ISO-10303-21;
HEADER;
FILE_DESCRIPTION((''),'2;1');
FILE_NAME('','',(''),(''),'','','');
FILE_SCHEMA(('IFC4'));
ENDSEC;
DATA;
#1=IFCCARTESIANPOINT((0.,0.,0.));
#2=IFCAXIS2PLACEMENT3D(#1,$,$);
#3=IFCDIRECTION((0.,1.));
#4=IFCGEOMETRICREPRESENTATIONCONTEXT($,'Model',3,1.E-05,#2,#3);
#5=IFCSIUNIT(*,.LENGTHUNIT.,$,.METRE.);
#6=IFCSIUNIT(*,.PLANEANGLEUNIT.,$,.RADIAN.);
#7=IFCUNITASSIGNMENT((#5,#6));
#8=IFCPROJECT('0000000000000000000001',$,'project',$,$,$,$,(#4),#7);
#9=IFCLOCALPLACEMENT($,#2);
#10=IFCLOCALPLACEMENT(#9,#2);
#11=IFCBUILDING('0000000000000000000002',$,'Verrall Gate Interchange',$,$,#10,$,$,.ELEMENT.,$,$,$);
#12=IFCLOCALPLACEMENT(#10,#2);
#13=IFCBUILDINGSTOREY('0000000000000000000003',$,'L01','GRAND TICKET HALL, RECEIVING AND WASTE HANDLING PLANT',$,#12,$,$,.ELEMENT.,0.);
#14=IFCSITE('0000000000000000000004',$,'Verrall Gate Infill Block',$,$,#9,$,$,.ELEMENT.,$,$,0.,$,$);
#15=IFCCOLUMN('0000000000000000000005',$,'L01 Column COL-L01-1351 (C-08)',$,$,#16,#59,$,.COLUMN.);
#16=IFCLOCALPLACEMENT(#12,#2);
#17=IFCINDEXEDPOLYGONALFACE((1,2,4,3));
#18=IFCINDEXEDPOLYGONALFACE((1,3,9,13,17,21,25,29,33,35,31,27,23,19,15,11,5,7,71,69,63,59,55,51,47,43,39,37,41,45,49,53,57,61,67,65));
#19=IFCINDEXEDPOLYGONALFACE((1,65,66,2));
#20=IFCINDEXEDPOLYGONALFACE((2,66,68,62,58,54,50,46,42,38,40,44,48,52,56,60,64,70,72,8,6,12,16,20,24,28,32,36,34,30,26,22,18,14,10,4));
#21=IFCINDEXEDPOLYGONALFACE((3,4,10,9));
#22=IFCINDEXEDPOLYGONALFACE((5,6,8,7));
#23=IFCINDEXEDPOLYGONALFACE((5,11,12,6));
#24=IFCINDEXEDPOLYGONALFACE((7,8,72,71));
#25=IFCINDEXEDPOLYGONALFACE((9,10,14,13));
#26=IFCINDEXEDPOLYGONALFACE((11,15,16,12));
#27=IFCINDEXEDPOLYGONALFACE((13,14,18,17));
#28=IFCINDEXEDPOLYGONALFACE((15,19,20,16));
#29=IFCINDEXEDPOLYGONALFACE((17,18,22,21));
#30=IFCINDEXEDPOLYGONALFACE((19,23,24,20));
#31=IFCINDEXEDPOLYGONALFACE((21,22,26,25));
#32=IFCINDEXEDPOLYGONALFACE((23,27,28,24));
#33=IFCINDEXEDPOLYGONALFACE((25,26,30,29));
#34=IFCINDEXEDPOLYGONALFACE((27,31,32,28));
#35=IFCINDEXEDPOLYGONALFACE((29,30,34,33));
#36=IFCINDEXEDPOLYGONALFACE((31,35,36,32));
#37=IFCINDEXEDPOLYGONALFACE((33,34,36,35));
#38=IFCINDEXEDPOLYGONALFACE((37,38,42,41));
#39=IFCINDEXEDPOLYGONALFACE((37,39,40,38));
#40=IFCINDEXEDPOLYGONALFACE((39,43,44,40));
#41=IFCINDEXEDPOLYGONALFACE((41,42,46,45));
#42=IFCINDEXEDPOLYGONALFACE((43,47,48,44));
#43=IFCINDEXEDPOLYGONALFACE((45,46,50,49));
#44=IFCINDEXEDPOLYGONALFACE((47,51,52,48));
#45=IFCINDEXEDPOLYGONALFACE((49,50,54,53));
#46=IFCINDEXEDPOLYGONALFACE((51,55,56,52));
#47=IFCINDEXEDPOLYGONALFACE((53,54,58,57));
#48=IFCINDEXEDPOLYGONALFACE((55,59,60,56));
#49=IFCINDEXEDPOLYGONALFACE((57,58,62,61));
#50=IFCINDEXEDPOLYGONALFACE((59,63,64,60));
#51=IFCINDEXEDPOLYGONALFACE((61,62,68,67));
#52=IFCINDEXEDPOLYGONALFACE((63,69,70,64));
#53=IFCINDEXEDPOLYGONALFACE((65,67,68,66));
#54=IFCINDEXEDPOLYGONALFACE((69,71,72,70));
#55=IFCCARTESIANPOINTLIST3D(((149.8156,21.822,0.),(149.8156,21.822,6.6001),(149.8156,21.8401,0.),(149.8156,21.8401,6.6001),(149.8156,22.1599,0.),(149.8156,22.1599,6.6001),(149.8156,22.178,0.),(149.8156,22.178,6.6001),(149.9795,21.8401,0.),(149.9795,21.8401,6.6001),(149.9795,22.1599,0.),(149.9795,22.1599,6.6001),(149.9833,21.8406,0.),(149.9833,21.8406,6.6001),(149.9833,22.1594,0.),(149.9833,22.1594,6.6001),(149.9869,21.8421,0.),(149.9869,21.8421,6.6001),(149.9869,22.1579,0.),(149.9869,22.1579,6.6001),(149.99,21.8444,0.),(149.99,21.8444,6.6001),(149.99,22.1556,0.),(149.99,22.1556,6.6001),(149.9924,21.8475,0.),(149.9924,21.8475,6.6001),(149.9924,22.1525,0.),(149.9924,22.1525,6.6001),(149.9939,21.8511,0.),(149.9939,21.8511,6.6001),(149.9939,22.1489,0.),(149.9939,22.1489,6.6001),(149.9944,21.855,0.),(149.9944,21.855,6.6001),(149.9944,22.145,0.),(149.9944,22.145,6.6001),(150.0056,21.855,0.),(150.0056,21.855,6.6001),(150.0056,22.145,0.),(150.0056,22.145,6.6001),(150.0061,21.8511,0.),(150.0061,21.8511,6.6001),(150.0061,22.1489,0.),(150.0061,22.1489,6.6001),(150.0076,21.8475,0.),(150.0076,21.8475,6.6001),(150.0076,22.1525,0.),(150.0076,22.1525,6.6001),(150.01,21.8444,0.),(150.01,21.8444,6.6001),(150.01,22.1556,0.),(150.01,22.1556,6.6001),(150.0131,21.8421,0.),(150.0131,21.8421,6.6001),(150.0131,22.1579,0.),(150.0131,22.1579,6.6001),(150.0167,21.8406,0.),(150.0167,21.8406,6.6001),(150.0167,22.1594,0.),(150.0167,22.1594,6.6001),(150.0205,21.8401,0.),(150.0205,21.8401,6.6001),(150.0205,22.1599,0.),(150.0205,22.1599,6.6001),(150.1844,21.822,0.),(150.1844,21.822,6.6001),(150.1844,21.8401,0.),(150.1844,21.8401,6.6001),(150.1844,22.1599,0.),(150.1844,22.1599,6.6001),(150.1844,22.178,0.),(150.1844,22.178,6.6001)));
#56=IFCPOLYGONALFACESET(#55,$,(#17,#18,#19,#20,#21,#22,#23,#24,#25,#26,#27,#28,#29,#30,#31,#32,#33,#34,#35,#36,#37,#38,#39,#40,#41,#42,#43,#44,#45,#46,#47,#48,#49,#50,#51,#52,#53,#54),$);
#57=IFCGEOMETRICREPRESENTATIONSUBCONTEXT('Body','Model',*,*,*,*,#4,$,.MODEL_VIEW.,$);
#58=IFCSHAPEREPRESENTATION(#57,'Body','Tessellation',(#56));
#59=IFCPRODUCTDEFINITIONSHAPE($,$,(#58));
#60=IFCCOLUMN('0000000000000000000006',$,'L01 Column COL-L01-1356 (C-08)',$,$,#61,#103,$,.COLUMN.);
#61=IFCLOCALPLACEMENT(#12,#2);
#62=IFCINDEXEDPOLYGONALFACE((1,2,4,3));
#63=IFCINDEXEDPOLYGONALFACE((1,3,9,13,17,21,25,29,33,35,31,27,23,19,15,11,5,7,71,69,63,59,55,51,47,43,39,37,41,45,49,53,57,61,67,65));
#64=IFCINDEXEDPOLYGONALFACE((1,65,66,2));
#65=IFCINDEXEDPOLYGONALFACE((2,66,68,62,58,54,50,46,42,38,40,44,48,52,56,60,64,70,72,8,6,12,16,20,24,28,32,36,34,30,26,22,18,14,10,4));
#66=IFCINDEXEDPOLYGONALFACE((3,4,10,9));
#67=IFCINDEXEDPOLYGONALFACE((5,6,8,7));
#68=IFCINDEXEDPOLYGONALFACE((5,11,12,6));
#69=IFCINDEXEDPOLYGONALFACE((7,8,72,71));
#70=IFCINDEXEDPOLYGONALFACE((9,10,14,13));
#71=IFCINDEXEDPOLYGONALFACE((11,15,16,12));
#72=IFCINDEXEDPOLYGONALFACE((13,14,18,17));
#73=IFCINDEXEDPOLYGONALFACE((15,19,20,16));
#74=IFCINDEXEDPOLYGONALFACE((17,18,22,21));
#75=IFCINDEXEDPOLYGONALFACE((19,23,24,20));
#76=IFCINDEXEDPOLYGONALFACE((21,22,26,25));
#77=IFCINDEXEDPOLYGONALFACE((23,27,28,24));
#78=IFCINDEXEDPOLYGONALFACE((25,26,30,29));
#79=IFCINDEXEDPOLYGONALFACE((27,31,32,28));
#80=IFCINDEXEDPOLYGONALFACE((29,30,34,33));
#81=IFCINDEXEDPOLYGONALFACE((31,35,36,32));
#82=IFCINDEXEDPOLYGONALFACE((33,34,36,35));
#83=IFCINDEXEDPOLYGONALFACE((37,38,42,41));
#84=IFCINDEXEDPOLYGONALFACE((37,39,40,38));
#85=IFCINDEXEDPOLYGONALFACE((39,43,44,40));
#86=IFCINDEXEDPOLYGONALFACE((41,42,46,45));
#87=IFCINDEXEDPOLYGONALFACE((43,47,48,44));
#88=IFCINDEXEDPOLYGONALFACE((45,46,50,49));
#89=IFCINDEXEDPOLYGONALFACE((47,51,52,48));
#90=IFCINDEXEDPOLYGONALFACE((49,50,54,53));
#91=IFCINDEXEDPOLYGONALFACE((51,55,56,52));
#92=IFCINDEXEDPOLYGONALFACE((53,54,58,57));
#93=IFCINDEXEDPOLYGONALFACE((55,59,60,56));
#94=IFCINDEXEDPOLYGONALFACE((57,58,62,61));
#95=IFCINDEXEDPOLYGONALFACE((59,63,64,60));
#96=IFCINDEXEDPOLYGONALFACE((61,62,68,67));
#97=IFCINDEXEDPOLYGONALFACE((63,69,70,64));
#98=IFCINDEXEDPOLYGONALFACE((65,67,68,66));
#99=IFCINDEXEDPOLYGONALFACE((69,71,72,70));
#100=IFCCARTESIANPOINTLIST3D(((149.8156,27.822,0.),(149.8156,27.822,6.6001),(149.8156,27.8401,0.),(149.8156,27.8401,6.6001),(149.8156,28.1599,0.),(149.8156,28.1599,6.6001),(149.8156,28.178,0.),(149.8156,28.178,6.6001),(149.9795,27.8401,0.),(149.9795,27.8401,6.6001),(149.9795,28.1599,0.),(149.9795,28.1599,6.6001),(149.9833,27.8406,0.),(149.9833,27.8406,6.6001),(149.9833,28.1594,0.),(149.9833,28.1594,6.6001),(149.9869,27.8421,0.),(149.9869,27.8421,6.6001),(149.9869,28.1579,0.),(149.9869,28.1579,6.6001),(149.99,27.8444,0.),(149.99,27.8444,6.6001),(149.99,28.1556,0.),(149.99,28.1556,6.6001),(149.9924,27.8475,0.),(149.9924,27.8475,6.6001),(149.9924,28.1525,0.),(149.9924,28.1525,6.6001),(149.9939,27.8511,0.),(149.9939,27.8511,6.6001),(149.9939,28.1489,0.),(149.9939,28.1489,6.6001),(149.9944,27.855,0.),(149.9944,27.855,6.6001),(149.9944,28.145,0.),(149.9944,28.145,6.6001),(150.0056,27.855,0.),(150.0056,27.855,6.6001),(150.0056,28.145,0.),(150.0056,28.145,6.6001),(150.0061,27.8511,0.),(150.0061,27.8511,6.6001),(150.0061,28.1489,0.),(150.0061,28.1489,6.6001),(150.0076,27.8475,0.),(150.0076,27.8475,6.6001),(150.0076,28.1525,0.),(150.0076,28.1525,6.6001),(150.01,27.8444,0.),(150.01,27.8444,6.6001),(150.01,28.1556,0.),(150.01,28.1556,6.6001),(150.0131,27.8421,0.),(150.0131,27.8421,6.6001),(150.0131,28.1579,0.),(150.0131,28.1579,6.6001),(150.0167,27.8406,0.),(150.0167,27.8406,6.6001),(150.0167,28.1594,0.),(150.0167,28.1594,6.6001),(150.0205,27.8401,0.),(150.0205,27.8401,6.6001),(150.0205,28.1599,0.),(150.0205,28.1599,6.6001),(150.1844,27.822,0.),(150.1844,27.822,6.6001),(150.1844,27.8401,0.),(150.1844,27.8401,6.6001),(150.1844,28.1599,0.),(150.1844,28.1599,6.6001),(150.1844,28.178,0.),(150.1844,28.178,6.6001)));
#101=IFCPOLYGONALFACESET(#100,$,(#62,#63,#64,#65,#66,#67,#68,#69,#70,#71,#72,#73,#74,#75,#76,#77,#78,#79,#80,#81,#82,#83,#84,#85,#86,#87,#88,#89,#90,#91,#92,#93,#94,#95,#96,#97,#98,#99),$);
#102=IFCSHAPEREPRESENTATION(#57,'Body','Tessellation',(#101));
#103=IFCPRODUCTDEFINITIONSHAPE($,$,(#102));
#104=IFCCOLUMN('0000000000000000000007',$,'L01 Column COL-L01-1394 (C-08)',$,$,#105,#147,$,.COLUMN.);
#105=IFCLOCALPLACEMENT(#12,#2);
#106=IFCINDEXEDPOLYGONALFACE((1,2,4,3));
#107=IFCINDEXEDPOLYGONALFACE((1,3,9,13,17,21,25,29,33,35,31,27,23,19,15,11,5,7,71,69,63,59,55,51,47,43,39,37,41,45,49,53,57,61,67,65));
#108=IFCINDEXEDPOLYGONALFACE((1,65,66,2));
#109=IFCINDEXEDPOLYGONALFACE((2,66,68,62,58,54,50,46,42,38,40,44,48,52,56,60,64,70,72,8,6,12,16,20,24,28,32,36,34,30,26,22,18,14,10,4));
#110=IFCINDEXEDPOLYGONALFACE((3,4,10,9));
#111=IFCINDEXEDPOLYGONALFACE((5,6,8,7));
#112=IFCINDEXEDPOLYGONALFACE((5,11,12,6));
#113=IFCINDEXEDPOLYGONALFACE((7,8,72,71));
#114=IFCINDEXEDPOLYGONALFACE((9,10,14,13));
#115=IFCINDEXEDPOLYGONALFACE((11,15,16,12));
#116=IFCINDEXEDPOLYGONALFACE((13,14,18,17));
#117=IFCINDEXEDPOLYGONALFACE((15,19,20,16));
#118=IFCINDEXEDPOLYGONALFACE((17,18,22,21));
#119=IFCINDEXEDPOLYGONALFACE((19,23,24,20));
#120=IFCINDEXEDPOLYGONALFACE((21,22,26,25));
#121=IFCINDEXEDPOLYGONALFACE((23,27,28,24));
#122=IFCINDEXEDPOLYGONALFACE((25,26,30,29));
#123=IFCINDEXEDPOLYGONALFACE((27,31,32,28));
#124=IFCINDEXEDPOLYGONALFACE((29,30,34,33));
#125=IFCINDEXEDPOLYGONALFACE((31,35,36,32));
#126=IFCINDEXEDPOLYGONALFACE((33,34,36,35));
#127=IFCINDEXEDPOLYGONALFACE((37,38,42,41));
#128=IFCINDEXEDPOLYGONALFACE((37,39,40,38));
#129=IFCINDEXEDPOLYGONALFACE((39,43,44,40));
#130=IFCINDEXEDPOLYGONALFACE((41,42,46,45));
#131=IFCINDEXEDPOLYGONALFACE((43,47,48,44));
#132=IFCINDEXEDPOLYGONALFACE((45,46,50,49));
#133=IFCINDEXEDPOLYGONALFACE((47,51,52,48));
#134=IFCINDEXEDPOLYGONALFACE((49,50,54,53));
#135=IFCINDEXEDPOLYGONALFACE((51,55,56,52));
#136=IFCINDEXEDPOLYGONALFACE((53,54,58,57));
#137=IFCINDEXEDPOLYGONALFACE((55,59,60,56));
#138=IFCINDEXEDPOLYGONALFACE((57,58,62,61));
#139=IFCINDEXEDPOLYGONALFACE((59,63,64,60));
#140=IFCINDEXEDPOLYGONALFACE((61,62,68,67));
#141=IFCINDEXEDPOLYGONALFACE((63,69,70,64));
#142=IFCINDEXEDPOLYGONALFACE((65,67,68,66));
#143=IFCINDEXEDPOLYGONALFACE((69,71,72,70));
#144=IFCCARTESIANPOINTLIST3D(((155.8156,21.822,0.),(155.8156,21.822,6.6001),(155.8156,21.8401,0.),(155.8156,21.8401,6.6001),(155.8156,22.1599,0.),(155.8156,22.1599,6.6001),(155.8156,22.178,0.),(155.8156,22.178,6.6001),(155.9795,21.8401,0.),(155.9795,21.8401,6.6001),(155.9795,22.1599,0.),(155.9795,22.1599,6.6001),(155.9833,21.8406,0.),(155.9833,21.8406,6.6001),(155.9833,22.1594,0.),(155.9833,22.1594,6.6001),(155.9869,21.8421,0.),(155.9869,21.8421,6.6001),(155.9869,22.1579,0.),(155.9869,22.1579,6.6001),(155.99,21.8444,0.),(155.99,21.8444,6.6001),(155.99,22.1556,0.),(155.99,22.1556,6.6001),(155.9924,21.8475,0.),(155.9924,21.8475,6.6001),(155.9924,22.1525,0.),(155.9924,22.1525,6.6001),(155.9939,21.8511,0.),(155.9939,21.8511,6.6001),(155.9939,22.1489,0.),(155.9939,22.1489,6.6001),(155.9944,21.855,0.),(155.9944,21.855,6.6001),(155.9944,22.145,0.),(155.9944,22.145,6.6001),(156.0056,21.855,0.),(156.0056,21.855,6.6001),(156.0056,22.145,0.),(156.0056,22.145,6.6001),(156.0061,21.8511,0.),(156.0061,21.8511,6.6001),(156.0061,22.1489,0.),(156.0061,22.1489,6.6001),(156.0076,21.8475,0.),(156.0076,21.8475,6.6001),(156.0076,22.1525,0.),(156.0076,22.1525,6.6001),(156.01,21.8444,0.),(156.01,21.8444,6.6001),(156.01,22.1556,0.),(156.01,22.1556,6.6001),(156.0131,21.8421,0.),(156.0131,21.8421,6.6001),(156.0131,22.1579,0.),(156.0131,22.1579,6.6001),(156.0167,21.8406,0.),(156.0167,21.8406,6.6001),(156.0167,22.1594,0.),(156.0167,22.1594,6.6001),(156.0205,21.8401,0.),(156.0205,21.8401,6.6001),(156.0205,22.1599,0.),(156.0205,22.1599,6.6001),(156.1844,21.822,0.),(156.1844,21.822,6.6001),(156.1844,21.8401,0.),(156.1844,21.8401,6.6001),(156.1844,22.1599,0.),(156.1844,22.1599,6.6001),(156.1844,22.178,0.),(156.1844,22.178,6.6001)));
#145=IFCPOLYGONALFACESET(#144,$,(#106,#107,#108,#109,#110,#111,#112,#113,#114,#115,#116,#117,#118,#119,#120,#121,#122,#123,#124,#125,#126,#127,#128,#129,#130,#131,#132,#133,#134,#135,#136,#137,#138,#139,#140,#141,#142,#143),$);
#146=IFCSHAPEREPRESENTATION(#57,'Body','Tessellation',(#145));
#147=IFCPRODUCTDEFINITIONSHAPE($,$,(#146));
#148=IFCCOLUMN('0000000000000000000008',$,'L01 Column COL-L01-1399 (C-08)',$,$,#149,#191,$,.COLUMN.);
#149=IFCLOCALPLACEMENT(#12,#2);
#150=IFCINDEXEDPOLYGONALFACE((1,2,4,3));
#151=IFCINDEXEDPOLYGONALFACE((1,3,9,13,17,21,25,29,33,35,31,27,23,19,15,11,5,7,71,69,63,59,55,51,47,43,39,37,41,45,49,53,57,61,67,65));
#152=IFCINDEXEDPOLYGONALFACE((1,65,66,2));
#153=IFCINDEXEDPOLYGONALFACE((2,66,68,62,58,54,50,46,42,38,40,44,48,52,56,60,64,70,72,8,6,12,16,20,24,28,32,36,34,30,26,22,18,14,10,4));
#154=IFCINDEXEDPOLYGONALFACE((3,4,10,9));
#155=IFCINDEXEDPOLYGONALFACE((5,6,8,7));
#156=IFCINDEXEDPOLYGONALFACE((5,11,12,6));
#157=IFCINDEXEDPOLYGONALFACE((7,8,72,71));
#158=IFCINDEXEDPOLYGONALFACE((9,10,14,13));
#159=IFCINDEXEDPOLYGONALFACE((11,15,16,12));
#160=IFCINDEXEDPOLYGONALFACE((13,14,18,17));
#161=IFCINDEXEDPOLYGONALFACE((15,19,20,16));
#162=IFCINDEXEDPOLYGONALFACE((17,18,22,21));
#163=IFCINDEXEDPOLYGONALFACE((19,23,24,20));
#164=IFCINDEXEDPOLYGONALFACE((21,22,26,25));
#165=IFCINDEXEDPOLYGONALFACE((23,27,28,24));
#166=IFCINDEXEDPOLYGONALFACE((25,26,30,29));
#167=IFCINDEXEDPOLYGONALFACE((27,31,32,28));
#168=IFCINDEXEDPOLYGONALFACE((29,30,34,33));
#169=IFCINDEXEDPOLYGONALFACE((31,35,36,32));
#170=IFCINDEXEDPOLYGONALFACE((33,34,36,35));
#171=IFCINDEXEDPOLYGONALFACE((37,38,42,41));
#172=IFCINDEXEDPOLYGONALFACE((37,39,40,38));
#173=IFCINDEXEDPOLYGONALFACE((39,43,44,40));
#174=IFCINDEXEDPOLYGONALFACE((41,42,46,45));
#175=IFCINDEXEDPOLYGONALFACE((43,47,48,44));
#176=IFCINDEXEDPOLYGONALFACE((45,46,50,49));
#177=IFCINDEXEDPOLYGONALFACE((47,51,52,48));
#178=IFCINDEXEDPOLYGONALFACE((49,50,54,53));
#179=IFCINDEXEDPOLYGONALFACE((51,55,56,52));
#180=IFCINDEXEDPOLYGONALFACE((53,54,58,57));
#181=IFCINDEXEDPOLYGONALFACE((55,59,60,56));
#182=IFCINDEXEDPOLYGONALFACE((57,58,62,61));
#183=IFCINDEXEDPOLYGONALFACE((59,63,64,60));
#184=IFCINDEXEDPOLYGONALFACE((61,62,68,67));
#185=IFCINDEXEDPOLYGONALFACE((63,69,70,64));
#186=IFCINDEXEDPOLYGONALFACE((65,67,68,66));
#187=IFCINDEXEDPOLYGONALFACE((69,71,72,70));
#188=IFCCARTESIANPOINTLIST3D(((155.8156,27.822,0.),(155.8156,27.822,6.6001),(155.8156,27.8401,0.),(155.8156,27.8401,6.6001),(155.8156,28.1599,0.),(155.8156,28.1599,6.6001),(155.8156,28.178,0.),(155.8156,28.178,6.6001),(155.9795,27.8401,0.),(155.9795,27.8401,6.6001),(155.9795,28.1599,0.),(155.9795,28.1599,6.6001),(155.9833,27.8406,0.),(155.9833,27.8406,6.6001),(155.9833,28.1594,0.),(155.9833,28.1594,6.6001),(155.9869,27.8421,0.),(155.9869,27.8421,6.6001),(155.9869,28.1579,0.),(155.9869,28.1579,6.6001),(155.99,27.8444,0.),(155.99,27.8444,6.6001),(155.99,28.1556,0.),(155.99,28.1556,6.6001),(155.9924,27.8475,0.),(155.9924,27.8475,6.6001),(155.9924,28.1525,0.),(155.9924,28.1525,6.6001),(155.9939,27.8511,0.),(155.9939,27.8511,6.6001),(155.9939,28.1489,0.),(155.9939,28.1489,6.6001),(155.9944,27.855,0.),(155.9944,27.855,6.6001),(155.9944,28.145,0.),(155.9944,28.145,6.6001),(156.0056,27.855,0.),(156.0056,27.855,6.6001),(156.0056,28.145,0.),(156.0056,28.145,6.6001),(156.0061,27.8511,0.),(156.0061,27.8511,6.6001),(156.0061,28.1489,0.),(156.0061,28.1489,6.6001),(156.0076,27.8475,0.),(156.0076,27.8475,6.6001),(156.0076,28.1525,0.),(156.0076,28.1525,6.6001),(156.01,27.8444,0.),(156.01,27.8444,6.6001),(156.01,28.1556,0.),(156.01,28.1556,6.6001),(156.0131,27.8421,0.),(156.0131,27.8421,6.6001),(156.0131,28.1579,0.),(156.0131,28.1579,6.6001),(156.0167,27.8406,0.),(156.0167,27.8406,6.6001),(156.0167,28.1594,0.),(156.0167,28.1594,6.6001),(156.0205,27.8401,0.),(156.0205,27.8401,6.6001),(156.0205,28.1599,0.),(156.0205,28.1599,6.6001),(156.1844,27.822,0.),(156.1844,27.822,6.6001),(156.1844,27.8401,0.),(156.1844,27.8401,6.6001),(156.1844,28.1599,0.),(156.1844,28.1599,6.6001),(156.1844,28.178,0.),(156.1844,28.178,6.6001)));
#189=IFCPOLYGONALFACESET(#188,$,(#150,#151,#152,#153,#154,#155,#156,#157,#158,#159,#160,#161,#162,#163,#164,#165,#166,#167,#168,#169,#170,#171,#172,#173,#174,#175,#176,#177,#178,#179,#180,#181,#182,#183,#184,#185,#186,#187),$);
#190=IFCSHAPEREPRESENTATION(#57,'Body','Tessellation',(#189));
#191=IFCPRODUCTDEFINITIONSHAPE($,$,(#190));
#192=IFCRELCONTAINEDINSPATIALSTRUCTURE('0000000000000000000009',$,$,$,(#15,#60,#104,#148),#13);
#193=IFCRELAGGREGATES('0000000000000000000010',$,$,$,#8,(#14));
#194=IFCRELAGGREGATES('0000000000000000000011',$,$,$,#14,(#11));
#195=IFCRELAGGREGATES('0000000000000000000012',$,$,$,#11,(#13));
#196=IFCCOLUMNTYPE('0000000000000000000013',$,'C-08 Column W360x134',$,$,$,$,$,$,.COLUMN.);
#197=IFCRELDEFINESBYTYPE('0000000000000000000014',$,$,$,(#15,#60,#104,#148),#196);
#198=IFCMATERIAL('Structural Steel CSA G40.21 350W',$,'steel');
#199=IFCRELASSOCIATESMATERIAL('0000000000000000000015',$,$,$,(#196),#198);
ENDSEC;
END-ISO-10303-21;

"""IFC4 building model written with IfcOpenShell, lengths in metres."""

from ifc_helpers import new_model, si_unit, direction, frame, origin, origin_2d, place, context, subcontext, project, spatial, i_section, extrude, material, material_profile, profile_set, type_object, element, save


model = new_model("IFC4")

# Units and contexts
model_context = context("Model", 3, precision=1e-05, world=origin(), true_north=direction((0.0, 1.0)))
body_context = subcontext(model_context, "Body", "Model", "MODEL_VIEW")
ifc_project = project(units=[si_unit("LENGTHUNIT", "METRE"), si_unit("PLANEANGLEUNIT", "RADIAN")], contexts=[model_context])

# Site, building, storey
site_placement = place(None, origin())
site = spatial("IfcSite", under=ifc_project, at=site_placement, Name="Verrall Gate Infill Block", CompositionType="ELEMENT", RefElevation=0.0)
building_placement = place(site_placement, origin())
building = spatial("IfcBuilding", under=site, at=building_placement, Name="Verrall Gate Interchange", CompositionType="ELEMENT")
storey_placement = place(building_placement, origin())
storey = spatial("IfcBuildingStorey", under=building, at=storey_placement, Name="L01", Description="GRAND TICKET HALL, RECEIVING AND WASTE HANDLING PLANT", CompositionType="ELEMENT", Elevation=0.0)

# Columns
ifc_material_1 = material(Name="Structural Steel CSA G40.21 350W", Category="steel")
ifc_material_profile_1 = material_profile(ifc_material_1, i_section(OverallWidth=0.3689, OverallDepth=0.356, WebThickness=0.0112, FlangeThickness=0.0181, FilletRadius=0.0149, at=origin_2d()), Name="W360x134")
ifc_profile_set_1 = profile_set([ifc_material_profile_1], Name="Structural Steel CSA G40.21 350W")
column_type = type_object("IfcColumnType", Name="C-08 Column W360x134", PredefinedType="COLUMN", material=ifc_profile_set_1)
for number, where, z_axis, x_axis, name in (
    (1, (150.0, 22.0, 0.0), (0.0, 0.0, 1.0), (1.0, 0.0, 0.0), "L01 Column COL-L01-1351 (C-08)"),
    (2, (150.0, 28.0, 0.0), (0.0, 0.0, 1.0), (1.0, 0.0, 0.0), "L01 Column COL-L01-1356 (C-08)"),
    (3, (156.0, 22.0, 0.0), (0.0, 0.0, 1.0), (1.0, 0.0, 0.0), "L01 Column COL-L01-1394 (C-08)"),
    (4, (156.0, 28.0, 0.0), (0.0, 0.0, 1.0), (1.0, 0.0, 0.0), "L01 Column COL-L01-1399 (C-08)"),
):
    element("IfcColumn", number, at=place(storey_placement, frame(where, z_axis=z_axis, x_axis=x_axis)), inside=storey, type_object=column_type, Name=name, PredefinedType="COLUMN", context=body_context, shape_type="SweptSolid", body=[
        extrude(i_section(OverallWidth=0.3689, OverallDepth=0.356, WebThickness=0.0112, FlangeThickness=0.0181, FilletRadius=0.0149, at=origin_2d()), origin(), (0.0, 0.0, 1.0), 6.6001),
    ])

save(model, "model.ifc")
